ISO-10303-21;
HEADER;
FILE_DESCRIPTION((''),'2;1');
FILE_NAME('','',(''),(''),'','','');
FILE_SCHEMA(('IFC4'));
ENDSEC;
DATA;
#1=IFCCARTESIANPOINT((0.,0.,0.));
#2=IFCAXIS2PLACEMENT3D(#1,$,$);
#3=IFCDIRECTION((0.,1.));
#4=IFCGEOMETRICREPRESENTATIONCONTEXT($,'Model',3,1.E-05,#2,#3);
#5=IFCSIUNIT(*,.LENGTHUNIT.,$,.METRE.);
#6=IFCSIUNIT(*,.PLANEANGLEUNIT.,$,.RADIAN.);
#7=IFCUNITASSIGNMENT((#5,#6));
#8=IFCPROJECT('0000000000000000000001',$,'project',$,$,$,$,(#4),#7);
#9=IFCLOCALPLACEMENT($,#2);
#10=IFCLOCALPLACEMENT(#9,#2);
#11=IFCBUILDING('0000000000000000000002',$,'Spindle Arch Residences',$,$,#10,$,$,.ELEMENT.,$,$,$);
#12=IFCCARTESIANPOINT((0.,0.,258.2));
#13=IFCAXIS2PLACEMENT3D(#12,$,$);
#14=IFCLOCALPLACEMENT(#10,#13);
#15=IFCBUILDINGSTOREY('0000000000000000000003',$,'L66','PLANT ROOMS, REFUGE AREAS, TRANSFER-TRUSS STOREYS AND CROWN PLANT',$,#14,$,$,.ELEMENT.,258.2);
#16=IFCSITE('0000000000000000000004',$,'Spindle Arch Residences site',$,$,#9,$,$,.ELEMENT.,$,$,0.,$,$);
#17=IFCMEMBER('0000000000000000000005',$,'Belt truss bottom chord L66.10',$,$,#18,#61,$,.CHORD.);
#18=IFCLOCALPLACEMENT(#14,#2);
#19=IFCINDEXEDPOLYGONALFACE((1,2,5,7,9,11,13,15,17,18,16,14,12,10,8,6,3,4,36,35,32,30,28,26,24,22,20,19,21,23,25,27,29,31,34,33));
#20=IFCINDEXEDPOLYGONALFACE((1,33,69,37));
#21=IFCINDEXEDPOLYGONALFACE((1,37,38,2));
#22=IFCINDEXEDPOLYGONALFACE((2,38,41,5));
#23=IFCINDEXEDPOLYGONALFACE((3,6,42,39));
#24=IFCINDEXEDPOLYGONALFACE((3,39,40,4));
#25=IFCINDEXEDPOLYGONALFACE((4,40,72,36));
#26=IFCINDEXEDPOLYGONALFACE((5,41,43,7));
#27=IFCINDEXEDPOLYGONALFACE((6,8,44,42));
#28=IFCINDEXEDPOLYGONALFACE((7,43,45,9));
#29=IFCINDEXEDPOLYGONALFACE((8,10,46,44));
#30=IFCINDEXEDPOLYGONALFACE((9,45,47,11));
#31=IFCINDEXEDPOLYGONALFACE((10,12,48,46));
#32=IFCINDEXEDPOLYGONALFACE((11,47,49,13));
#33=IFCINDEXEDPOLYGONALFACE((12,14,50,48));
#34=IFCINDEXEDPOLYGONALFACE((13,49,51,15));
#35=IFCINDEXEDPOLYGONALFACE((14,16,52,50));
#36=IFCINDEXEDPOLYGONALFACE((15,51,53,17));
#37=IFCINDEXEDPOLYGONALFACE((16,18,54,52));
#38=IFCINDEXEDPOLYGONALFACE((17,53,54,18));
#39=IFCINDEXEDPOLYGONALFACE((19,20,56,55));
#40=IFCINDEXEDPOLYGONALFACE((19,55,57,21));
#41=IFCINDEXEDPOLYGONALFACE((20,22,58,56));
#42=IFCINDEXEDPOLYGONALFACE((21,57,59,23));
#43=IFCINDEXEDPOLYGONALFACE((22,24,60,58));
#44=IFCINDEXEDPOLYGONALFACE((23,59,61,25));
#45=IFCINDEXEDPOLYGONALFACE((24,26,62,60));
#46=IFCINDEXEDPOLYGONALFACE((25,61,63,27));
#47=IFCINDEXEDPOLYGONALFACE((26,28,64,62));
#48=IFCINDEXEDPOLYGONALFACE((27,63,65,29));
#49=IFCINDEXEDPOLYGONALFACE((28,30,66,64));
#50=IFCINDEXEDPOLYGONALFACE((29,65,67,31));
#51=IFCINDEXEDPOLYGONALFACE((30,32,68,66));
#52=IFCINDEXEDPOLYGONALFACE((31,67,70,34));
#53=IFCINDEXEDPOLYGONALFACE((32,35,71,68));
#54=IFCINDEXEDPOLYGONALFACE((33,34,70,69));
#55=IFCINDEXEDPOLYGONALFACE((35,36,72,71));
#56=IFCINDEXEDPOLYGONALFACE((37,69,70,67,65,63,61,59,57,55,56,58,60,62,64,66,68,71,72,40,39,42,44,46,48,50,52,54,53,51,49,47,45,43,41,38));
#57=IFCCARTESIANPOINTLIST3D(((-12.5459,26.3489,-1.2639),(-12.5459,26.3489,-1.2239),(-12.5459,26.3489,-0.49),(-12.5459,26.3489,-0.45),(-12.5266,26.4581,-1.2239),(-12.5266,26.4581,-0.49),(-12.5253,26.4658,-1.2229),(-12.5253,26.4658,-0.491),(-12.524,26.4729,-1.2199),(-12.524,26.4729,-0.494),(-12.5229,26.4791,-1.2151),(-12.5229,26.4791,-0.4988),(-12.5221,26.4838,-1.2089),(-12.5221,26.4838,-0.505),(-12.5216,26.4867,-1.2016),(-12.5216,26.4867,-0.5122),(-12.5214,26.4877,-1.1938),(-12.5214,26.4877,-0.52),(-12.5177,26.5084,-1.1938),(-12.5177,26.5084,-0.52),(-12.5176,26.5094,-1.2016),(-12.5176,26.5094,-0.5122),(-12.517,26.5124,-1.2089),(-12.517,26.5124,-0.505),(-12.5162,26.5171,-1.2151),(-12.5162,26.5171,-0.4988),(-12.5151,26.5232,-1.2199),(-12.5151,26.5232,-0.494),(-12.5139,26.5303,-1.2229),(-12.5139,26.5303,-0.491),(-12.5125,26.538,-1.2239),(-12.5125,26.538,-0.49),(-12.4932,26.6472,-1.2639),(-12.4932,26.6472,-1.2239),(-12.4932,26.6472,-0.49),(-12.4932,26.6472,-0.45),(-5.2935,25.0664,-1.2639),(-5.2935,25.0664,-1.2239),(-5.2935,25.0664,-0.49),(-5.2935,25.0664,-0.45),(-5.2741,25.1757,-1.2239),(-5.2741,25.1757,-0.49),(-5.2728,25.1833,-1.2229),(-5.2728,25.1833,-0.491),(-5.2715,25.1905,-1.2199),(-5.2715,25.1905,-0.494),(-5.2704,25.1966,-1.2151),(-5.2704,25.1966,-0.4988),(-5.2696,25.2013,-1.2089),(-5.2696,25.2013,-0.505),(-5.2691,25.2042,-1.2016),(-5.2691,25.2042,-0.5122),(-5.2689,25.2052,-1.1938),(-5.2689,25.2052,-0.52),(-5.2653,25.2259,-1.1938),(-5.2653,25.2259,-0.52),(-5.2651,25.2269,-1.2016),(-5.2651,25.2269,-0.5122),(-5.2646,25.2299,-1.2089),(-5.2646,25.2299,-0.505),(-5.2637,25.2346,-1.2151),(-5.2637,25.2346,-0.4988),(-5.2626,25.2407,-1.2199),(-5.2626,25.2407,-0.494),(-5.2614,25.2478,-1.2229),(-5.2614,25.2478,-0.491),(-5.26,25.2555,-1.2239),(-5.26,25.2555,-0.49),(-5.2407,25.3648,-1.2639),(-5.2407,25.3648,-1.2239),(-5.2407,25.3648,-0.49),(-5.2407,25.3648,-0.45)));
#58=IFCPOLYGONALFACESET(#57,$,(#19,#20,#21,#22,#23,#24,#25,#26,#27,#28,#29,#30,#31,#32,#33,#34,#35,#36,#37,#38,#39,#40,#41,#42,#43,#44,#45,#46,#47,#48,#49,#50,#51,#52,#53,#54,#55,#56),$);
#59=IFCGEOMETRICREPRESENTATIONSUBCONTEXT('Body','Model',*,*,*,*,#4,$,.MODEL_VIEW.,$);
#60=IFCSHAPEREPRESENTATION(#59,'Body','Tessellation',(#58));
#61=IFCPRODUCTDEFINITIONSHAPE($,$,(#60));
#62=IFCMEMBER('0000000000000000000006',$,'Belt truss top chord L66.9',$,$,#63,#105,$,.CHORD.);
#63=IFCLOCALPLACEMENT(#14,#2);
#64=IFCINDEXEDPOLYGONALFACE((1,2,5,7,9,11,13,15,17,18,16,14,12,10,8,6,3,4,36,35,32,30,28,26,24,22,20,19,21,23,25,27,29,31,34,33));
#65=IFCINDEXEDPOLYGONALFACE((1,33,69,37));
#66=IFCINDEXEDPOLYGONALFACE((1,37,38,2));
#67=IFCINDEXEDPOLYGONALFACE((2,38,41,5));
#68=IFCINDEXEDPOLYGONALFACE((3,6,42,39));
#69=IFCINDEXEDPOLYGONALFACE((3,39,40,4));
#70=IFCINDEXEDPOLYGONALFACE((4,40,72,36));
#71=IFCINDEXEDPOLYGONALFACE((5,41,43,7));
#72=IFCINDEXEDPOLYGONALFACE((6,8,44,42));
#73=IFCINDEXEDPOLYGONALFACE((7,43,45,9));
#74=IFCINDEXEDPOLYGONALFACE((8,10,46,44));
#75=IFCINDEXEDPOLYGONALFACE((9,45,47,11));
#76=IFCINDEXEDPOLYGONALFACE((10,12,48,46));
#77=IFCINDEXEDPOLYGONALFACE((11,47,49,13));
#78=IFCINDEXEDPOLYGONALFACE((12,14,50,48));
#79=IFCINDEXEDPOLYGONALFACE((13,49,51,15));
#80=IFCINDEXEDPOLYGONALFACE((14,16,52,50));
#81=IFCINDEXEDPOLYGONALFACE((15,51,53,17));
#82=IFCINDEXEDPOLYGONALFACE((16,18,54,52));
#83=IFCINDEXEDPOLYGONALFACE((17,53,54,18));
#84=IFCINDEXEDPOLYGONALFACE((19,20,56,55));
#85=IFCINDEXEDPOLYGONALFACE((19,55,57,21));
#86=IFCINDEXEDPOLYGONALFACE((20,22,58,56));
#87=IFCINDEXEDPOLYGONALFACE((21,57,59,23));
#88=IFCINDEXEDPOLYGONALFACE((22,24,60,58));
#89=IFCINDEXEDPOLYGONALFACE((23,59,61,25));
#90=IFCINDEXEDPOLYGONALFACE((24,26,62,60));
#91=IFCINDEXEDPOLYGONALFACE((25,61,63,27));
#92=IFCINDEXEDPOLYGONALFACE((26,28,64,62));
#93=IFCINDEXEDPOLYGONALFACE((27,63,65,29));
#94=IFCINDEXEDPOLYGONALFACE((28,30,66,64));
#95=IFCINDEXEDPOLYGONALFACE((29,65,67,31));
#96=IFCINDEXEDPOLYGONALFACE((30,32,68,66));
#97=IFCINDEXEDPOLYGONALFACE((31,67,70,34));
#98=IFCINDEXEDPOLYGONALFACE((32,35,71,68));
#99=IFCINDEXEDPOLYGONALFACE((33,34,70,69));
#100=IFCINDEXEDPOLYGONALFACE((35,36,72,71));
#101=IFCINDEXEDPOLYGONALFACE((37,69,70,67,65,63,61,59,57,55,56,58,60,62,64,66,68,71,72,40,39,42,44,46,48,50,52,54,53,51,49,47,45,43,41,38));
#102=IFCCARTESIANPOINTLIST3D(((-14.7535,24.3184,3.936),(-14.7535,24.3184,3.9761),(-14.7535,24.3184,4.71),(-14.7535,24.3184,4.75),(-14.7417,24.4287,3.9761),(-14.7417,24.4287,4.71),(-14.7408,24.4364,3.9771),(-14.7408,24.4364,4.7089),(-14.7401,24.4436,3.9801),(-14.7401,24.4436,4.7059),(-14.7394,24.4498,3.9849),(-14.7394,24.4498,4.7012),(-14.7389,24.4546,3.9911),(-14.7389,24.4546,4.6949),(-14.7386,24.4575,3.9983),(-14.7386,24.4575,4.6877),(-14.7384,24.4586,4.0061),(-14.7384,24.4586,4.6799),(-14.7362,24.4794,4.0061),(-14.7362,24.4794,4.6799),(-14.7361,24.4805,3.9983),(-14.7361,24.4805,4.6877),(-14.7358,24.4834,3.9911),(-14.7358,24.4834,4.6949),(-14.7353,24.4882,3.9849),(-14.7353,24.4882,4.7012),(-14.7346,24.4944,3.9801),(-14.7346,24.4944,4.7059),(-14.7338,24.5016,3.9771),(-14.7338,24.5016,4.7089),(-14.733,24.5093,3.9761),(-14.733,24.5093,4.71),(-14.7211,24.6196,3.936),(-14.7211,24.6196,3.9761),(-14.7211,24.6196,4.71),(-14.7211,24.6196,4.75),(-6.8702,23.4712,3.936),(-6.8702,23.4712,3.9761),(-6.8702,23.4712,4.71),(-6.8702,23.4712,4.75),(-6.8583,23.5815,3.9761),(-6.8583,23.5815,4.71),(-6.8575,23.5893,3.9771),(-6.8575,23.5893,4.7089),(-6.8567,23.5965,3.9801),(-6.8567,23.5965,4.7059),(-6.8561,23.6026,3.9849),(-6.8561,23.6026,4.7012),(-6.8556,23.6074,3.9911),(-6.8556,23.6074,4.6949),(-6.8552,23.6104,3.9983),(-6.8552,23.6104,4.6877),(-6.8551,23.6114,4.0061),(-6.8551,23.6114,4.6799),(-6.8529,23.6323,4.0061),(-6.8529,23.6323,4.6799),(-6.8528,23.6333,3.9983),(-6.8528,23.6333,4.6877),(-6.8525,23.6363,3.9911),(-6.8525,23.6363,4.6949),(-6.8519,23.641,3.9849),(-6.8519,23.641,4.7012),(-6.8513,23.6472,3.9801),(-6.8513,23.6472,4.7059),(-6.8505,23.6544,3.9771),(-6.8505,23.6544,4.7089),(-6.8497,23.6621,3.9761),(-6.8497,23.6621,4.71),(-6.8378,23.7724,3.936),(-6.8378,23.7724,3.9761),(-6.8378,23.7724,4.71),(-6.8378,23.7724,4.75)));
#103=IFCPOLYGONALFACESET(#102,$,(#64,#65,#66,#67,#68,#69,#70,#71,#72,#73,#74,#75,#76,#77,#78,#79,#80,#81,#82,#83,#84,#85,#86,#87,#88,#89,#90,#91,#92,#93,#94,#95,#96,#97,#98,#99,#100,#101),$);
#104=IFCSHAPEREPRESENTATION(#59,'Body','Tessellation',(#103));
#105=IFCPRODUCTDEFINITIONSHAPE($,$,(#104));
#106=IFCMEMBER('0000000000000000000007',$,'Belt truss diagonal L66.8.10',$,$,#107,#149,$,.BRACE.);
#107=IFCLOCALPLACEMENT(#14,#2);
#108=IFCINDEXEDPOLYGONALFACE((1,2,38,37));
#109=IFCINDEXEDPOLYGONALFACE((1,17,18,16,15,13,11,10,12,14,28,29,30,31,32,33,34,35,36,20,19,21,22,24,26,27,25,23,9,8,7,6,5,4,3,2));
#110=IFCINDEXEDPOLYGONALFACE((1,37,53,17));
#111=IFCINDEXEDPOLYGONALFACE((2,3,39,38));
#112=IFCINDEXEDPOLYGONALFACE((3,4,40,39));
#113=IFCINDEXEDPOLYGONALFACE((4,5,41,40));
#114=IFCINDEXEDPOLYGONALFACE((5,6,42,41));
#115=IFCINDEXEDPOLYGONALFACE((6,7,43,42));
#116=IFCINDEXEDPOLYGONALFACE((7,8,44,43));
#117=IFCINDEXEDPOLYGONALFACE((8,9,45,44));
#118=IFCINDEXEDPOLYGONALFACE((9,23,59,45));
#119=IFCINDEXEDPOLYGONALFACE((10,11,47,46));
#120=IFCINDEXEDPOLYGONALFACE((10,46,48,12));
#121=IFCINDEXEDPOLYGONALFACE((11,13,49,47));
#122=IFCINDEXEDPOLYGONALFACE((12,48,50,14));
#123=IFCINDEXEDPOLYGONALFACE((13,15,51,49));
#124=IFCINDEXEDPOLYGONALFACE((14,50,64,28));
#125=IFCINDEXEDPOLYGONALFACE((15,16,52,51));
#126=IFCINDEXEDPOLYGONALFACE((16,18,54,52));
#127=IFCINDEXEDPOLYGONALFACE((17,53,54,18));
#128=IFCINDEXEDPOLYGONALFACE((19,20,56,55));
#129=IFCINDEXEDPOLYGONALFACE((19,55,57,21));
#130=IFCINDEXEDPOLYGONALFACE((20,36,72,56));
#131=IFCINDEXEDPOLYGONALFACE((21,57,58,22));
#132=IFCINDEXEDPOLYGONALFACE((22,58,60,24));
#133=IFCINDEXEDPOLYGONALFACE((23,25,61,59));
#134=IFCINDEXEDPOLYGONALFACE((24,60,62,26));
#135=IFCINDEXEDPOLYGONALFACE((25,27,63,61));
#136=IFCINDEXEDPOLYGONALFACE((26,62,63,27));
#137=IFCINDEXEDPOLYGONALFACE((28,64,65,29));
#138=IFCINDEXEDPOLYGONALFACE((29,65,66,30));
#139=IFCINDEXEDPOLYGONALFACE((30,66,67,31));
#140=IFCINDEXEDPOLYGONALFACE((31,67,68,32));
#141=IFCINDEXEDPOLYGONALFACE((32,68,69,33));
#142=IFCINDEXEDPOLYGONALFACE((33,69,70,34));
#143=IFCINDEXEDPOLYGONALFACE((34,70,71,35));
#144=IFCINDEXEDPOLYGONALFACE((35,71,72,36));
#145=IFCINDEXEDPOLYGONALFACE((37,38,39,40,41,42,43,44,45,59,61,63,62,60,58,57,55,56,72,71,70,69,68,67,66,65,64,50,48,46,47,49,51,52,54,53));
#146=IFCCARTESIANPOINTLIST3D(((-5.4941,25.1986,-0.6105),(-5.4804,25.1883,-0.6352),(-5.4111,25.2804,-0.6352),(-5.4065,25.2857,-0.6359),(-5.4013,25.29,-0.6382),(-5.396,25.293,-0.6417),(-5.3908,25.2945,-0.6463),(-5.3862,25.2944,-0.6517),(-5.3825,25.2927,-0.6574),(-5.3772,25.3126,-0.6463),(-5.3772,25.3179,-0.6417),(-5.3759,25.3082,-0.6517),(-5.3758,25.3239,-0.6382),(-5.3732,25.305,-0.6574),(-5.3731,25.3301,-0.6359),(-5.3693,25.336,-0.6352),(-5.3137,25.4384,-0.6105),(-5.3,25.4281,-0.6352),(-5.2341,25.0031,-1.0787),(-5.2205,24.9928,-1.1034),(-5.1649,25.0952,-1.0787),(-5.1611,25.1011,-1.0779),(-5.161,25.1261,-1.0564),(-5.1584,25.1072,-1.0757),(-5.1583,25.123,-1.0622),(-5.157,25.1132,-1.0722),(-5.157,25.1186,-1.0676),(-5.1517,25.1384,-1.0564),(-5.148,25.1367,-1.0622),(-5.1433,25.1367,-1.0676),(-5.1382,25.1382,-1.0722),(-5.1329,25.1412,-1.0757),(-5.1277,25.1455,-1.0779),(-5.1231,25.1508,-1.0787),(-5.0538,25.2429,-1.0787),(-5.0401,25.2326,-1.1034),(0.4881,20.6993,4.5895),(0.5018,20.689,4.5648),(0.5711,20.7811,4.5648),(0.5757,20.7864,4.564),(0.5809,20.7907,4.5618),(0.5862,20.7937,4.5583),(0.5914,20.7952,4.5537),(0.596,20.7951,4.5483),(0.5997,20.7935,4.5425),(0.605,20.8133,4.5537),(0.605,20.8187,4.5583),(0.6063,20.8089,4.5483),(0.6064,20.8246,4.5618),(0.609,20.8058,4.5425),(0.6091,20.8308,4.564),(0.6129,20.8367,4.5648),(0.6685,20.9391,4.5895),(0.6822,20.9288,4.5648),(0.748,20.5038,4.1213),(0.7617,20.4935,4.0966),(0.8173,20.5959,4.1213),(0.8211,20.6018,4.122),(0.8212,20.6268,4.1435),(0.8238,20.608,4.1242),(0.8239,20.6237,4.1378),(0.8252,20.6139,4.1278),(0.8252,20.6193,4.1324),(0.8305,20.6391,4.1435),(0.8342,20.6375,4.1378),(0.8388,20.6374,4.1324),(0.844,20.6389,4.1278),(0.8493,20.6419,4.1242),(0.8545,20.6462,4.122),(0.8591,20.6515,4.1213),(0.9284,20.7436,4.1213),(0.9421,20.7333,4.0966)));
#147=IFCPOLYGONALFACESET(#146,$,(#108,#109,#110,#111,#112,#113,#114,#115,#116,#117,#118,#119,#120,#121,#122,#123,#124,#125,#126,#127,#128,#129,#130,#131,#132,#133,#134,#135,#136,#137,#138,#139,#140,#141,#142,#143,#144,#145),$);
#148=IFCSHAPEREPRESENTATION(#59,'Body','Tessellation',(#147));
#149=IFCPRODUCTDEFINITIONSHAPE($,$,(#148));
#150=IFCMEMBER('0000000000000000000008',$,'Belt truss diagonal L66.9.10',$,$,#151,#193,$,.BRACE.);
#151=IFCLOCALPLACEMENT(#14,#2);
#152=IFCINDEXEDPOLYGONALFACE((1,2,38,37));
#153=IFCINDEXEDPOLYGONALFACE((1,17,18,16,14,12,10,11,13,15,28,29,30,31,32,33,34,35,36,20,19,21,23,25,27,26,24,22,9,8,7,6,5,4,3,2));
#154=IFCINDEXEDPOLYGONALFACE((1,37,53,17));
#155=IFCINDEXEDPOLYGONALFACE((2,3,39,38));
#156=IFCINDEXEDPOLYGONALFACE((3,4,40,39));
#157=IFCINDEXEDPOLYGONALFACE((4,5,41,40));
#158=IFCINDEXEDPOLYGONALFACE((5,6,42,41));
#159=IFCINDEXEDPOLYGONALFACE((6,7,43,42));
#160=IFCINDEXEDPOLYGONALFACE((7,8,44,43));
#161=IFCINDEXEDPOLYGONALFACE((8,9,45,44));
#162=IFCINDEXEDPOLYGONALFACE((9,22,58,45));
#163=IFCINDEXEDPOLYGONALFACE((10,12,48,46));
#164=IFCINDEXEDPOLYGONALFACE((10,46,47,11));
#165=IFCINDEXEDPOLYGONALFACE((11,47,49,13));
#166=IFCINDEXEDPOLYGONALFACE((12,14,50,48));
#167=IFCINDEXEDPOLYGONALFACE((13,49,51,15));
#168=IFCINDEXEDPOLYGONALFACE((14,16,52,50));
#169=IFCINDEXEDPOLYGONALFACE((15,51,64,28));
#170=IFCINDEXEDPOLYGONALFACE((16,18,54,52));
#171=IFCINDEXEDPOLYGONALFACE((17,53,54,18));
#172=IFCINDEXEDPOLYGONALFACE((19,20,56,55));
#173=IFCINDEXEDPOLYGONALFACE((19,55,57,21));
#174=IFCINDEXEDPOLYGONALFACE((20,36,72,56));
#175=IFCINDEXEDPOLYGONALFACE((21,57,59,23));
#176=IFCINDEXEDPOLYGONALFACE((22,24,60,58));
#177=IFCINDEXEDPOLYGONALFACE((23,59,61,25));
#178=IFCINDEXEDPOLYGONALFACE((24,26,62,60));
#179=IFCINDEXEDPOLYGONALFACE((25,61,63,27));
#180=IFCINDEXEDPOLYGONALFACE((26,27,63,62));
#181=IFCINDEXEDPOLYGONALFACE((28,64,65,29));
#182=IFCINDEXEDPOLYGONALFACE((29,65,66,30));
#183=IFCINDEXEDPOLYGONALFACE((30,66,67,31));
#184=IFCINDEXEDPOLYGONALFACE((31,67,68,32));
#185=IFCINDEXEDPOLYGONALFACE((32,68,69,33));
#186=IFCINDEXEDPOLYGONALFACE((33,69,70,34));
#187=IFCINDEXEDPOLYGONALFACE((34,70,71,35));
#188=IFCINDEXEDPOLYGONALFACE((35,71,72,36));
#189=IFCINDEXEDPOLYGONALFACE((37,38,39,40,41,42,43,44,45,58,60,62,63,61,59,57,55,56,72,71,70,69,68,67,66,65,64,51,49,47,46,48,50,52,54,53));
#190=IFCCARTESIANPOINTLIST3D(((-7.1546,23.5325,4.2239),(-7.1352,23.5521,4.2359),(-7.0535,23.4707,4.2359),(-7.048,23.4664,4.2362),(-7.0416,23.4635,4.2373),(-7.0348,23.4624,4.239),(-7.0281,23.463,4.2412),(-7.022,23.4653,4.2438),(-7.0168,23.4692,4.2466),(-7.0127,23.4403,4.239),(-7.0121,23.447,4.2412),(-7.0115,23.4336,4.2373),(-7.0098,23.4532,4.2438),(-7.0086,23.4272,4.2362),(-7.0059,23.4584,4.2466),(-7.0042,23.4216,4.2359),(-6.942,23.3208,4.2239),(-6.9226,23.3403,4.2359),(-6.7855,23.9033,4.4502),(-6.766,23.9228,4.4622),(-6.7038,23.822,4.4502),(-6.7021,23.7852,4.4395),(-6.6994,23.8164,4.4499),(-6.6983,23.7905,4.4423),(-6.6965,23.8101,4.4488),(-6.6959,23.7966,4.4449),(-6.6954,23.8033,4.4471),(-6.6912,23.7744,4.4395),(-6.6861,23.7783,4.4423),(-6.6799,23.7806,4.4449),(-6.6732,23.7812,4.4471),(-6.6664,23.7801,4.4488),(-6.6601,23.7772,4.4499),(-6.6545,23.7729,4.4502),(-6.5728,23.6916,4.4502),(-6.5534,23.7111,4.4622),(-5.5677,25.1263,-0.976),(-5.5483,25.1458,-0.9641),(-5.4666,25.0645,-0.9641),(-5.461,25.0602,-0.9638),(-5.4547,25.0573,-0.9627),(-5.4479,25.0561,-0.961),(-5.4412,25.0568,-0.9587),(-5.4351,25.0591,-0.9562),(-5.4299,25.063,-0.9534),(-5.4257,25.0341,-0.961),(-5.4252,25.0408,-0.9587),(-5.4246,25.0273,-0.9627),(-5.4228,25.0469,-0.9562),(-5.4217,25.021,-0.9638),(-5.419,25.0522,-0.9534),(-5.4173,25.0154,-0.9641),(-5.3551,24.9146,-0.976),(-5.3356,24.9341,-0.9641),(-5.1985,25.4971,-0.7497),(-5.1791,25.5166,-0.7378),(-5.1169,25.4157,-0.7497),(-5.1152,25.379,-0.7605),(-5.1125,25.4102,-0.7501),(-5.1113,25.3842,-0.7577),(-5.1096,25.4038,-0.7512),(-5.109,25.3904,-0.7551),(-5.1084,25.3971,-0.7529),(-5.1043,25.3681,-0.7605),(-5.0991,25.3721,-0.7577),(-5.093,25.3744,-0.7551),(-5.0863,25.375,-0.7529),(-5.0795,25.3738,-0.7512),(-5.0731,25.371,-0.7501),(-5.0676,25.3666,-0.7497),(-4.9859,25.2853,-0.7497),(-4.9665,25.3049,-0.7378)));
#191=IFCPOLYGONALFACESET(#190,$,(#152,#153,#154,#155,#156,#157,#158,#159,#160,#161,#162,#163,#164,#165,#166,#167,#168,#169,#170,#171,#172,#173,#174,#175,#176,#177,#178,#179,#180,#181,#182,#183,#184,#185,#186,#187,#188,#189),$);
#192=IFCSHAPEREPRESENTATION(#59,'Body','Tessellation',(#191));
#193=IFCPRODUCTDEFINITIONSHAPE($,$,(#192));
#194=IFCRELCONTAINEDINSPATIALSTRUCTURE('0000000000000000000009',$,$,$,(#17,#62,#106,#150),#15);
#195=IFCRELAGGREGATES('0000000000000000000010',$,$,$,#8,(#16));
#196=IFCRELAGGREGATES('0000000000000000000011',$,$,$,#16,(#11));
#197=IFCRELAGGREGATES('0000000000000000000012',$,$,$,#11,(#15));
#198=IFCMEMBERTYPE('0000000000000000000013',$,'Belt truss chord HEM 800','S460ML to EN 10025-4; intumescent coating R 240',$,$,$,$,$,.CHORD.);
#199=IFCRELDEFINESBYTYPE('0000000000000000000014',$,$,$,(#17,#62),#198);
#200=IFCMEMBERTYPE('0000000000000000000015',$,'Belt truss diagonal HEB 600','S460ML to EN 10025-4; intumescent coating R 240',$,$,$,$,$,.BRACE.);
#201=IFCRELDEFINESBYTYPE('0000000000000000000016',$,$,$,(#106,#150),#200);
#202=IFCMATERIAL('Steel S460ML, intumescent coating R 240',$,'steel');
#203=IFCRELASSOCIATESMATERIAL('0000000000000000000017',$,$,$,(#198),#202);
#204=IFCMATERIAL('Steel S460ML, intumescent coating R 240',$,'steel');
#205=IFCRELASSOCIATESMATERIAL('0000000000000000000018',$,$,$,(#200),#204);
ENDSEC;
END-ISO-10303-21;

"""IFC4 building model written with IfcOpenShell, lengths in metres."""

from ifc_helpers import new_model, si_unit, direction, frame, origin, origin_2d, place, context, subcontext, project, spatial, i_section, extrude, material, material_profile, profile_set, type_object, element, save


model = new_model("IFC4")

# Units and contexts
model_context = context("Model", 3, precision=1e-05, world=origin(), true_north=direction((0.0, 1.0)))
body_context = subcontext(model_context, "Body", "Model", "MODEL_VIEW")
ifc_project = project(units=[si_unit("LENGTHUNIT", "METRE"), si_unit("PLANEANGLEUNIT", "RADIAN")], contexts=[model_context])

# Site, building, storey
site_placement = place(None, origin())
site = spatial("IfcSite", under=ifc_project, at=site_placement, Name="Spindle Arch Residences site", CompositionType="ELEMENT", RefElevation=0.0)
building_placement = place(site_placement, origin())
building = spatial("IfcBuilding", under=site, at=building_placement, Name="Spindle Arch Residences", CompositionType="ELEMENT")
storey_placement = place(building_placement, frame((0.0, 0.0, 258.2)))
storey = spatial("IfcBuildingStorey", under=building, at=storey_placement, Name="L66", Description="PLANT ROOMS, REFUGE AREAS, TRANSFER-TRUSS STOREYS AND CROWN PLANT", CompositionType="ELEMENT", Elevation=258.2)

# Members
ifc_material_1 = material(Name="Steel S460ML, intumescent coating R 240", Category="steel")
ifc_material_profile_1 = material_profile(ifc_material_1, i_section(OverallWidth=0.303, OverallDepth=0.814, WebThickness=0.021, FlangeThickness=0.04, FilletRadius=0.03, at=origin_2d()), Name="HEM 800")
ifc_profile_set_1 = profile_set([ifc_material_profile_1], Name="Steel S460ML, intumescent coating R 240")
member_type_1 = type_object("IfcMemberType", Name="Belt truss chord HEM 800", Description="S460ML to EN 10025-4; intumescent coating R 240", PredefinedType="CHORD", material=ifc_profile_set_1)
member_1_placement = place(storey_placement, frame((-5.2671, 25.2156, -0.8569), z_axis=(-0.984722, 0.174131, 0.0), x_axis=(-0.174131, -0.984722, 0.0)))
element("IfcMember", 1, at=member_1_placement, inside=storey, type_object=member_type_1, Name="Belt truss bottom chord L66.10", PredefinedType="CHORD", context=body_context, shape_type="SweptSolid", body=[
    extrude(i_section(OverallWidth=0.303, OverallDepth=0.814, WebThickness=0.021, FlangeThickness=0.04, FilletRadius=0.03, at=origin_2d()), origin(), (0.0, 0.0, 1.0), 7.365),
])
member_2_placement = place(storey_placement, frame((-6.854, 23.6218, 4.343), z_axis=(-0.994275, 0.106848, 0.0), x_axis=(-0.106848, -0.994275, 0.0)))
element("IfcMember", 2, at=member_2_placement, inside=storey, type_object=member_type_1, Name="Belt truss top chord L66.9", PredefinedType="CHORD", context=body_context, shape_type="SweptSolid", body=[
    extrude(i_section(OverallWidth=0.303, OverallDepth=0.814, WebThickness=0.021, FlangeThickness=0.04, FilletRadius=0.03, at=origin_2d()), origin(), (0.0, 0.0, 1.0), 7.9287),
])
ifc_material_2 = material(Name="Steel S460ML, intumescent coating R 240", Category="steel")
ifc_material_profile_2 = material_profile(ifc_material_2, i_section(OverallWidth=0.3, OverallDepth=0.6001, WebThickness=0.0154, FlangeThickness=0.03, FilletRadius=0.0271, at=origin_2d()), Name="HEB 600")
ifc_profile_set_2 = profile_set([ifc_material_profile_2], Name="Steel S460ML, intumescent coating R 240")
member_type_2 = type_object("IfcMemberType", Name="Belt truss diagonal HEB 600", Description="S460ML to EN 10025-4; intumescent coating R 240", PredefinedType="BRACE", material=ifc_profile_set_2)
member_3_placement = place(storey_placement, frame((-5.2671, 25.2156, -0.8569), z_axis=(0.656355, -0.493653, 0.57053), x_axis=(0.60108, 0.799189, 0.0)))
element("IfcMember", 3, at=member_3_placement, inside=storey, type_object=member_type_2, Name="Belt truss diagonal L66.8.10", PredefinedType="BRACE", context=body_context, shape_type="SweptSolid", body=[
    extrude(i_section(OverallWidth=0.3, OverallDepth=0.6001, WebThickness=0.0154, FlangeThickness=0.03, FilletRadius=0.0271, at=origin_2d()), origin(), (0.0, 0.0, 1.0), 9.1143),
])
member_4_placement = place(storey_placement, frame((-5.2671, 25.2156, -0.8569), z_axis=(-0.280102, -0.281308, 0.917828), x_axis=(0.708625, -0.705585, 0.0)))
element("IfcMember", 4, at=member_4_placement, inside=storey, type_object=member_type_2, Name="Belt truss diagonal L66.9.10", PredefinedType="BRACE", context=body_context, shape_type="SweptSolid", body=[
    extrude(i_section(OverallWidth=0.3, OverallDepth=0.6001, WebThickness=0.0154, FlangeThickness=0.03, FilletRadius=0.0271, at=origin_2d()), origin(), (0.0, 0.0, 1.0), 5.6655),
])

save(model, "model.ifc")
